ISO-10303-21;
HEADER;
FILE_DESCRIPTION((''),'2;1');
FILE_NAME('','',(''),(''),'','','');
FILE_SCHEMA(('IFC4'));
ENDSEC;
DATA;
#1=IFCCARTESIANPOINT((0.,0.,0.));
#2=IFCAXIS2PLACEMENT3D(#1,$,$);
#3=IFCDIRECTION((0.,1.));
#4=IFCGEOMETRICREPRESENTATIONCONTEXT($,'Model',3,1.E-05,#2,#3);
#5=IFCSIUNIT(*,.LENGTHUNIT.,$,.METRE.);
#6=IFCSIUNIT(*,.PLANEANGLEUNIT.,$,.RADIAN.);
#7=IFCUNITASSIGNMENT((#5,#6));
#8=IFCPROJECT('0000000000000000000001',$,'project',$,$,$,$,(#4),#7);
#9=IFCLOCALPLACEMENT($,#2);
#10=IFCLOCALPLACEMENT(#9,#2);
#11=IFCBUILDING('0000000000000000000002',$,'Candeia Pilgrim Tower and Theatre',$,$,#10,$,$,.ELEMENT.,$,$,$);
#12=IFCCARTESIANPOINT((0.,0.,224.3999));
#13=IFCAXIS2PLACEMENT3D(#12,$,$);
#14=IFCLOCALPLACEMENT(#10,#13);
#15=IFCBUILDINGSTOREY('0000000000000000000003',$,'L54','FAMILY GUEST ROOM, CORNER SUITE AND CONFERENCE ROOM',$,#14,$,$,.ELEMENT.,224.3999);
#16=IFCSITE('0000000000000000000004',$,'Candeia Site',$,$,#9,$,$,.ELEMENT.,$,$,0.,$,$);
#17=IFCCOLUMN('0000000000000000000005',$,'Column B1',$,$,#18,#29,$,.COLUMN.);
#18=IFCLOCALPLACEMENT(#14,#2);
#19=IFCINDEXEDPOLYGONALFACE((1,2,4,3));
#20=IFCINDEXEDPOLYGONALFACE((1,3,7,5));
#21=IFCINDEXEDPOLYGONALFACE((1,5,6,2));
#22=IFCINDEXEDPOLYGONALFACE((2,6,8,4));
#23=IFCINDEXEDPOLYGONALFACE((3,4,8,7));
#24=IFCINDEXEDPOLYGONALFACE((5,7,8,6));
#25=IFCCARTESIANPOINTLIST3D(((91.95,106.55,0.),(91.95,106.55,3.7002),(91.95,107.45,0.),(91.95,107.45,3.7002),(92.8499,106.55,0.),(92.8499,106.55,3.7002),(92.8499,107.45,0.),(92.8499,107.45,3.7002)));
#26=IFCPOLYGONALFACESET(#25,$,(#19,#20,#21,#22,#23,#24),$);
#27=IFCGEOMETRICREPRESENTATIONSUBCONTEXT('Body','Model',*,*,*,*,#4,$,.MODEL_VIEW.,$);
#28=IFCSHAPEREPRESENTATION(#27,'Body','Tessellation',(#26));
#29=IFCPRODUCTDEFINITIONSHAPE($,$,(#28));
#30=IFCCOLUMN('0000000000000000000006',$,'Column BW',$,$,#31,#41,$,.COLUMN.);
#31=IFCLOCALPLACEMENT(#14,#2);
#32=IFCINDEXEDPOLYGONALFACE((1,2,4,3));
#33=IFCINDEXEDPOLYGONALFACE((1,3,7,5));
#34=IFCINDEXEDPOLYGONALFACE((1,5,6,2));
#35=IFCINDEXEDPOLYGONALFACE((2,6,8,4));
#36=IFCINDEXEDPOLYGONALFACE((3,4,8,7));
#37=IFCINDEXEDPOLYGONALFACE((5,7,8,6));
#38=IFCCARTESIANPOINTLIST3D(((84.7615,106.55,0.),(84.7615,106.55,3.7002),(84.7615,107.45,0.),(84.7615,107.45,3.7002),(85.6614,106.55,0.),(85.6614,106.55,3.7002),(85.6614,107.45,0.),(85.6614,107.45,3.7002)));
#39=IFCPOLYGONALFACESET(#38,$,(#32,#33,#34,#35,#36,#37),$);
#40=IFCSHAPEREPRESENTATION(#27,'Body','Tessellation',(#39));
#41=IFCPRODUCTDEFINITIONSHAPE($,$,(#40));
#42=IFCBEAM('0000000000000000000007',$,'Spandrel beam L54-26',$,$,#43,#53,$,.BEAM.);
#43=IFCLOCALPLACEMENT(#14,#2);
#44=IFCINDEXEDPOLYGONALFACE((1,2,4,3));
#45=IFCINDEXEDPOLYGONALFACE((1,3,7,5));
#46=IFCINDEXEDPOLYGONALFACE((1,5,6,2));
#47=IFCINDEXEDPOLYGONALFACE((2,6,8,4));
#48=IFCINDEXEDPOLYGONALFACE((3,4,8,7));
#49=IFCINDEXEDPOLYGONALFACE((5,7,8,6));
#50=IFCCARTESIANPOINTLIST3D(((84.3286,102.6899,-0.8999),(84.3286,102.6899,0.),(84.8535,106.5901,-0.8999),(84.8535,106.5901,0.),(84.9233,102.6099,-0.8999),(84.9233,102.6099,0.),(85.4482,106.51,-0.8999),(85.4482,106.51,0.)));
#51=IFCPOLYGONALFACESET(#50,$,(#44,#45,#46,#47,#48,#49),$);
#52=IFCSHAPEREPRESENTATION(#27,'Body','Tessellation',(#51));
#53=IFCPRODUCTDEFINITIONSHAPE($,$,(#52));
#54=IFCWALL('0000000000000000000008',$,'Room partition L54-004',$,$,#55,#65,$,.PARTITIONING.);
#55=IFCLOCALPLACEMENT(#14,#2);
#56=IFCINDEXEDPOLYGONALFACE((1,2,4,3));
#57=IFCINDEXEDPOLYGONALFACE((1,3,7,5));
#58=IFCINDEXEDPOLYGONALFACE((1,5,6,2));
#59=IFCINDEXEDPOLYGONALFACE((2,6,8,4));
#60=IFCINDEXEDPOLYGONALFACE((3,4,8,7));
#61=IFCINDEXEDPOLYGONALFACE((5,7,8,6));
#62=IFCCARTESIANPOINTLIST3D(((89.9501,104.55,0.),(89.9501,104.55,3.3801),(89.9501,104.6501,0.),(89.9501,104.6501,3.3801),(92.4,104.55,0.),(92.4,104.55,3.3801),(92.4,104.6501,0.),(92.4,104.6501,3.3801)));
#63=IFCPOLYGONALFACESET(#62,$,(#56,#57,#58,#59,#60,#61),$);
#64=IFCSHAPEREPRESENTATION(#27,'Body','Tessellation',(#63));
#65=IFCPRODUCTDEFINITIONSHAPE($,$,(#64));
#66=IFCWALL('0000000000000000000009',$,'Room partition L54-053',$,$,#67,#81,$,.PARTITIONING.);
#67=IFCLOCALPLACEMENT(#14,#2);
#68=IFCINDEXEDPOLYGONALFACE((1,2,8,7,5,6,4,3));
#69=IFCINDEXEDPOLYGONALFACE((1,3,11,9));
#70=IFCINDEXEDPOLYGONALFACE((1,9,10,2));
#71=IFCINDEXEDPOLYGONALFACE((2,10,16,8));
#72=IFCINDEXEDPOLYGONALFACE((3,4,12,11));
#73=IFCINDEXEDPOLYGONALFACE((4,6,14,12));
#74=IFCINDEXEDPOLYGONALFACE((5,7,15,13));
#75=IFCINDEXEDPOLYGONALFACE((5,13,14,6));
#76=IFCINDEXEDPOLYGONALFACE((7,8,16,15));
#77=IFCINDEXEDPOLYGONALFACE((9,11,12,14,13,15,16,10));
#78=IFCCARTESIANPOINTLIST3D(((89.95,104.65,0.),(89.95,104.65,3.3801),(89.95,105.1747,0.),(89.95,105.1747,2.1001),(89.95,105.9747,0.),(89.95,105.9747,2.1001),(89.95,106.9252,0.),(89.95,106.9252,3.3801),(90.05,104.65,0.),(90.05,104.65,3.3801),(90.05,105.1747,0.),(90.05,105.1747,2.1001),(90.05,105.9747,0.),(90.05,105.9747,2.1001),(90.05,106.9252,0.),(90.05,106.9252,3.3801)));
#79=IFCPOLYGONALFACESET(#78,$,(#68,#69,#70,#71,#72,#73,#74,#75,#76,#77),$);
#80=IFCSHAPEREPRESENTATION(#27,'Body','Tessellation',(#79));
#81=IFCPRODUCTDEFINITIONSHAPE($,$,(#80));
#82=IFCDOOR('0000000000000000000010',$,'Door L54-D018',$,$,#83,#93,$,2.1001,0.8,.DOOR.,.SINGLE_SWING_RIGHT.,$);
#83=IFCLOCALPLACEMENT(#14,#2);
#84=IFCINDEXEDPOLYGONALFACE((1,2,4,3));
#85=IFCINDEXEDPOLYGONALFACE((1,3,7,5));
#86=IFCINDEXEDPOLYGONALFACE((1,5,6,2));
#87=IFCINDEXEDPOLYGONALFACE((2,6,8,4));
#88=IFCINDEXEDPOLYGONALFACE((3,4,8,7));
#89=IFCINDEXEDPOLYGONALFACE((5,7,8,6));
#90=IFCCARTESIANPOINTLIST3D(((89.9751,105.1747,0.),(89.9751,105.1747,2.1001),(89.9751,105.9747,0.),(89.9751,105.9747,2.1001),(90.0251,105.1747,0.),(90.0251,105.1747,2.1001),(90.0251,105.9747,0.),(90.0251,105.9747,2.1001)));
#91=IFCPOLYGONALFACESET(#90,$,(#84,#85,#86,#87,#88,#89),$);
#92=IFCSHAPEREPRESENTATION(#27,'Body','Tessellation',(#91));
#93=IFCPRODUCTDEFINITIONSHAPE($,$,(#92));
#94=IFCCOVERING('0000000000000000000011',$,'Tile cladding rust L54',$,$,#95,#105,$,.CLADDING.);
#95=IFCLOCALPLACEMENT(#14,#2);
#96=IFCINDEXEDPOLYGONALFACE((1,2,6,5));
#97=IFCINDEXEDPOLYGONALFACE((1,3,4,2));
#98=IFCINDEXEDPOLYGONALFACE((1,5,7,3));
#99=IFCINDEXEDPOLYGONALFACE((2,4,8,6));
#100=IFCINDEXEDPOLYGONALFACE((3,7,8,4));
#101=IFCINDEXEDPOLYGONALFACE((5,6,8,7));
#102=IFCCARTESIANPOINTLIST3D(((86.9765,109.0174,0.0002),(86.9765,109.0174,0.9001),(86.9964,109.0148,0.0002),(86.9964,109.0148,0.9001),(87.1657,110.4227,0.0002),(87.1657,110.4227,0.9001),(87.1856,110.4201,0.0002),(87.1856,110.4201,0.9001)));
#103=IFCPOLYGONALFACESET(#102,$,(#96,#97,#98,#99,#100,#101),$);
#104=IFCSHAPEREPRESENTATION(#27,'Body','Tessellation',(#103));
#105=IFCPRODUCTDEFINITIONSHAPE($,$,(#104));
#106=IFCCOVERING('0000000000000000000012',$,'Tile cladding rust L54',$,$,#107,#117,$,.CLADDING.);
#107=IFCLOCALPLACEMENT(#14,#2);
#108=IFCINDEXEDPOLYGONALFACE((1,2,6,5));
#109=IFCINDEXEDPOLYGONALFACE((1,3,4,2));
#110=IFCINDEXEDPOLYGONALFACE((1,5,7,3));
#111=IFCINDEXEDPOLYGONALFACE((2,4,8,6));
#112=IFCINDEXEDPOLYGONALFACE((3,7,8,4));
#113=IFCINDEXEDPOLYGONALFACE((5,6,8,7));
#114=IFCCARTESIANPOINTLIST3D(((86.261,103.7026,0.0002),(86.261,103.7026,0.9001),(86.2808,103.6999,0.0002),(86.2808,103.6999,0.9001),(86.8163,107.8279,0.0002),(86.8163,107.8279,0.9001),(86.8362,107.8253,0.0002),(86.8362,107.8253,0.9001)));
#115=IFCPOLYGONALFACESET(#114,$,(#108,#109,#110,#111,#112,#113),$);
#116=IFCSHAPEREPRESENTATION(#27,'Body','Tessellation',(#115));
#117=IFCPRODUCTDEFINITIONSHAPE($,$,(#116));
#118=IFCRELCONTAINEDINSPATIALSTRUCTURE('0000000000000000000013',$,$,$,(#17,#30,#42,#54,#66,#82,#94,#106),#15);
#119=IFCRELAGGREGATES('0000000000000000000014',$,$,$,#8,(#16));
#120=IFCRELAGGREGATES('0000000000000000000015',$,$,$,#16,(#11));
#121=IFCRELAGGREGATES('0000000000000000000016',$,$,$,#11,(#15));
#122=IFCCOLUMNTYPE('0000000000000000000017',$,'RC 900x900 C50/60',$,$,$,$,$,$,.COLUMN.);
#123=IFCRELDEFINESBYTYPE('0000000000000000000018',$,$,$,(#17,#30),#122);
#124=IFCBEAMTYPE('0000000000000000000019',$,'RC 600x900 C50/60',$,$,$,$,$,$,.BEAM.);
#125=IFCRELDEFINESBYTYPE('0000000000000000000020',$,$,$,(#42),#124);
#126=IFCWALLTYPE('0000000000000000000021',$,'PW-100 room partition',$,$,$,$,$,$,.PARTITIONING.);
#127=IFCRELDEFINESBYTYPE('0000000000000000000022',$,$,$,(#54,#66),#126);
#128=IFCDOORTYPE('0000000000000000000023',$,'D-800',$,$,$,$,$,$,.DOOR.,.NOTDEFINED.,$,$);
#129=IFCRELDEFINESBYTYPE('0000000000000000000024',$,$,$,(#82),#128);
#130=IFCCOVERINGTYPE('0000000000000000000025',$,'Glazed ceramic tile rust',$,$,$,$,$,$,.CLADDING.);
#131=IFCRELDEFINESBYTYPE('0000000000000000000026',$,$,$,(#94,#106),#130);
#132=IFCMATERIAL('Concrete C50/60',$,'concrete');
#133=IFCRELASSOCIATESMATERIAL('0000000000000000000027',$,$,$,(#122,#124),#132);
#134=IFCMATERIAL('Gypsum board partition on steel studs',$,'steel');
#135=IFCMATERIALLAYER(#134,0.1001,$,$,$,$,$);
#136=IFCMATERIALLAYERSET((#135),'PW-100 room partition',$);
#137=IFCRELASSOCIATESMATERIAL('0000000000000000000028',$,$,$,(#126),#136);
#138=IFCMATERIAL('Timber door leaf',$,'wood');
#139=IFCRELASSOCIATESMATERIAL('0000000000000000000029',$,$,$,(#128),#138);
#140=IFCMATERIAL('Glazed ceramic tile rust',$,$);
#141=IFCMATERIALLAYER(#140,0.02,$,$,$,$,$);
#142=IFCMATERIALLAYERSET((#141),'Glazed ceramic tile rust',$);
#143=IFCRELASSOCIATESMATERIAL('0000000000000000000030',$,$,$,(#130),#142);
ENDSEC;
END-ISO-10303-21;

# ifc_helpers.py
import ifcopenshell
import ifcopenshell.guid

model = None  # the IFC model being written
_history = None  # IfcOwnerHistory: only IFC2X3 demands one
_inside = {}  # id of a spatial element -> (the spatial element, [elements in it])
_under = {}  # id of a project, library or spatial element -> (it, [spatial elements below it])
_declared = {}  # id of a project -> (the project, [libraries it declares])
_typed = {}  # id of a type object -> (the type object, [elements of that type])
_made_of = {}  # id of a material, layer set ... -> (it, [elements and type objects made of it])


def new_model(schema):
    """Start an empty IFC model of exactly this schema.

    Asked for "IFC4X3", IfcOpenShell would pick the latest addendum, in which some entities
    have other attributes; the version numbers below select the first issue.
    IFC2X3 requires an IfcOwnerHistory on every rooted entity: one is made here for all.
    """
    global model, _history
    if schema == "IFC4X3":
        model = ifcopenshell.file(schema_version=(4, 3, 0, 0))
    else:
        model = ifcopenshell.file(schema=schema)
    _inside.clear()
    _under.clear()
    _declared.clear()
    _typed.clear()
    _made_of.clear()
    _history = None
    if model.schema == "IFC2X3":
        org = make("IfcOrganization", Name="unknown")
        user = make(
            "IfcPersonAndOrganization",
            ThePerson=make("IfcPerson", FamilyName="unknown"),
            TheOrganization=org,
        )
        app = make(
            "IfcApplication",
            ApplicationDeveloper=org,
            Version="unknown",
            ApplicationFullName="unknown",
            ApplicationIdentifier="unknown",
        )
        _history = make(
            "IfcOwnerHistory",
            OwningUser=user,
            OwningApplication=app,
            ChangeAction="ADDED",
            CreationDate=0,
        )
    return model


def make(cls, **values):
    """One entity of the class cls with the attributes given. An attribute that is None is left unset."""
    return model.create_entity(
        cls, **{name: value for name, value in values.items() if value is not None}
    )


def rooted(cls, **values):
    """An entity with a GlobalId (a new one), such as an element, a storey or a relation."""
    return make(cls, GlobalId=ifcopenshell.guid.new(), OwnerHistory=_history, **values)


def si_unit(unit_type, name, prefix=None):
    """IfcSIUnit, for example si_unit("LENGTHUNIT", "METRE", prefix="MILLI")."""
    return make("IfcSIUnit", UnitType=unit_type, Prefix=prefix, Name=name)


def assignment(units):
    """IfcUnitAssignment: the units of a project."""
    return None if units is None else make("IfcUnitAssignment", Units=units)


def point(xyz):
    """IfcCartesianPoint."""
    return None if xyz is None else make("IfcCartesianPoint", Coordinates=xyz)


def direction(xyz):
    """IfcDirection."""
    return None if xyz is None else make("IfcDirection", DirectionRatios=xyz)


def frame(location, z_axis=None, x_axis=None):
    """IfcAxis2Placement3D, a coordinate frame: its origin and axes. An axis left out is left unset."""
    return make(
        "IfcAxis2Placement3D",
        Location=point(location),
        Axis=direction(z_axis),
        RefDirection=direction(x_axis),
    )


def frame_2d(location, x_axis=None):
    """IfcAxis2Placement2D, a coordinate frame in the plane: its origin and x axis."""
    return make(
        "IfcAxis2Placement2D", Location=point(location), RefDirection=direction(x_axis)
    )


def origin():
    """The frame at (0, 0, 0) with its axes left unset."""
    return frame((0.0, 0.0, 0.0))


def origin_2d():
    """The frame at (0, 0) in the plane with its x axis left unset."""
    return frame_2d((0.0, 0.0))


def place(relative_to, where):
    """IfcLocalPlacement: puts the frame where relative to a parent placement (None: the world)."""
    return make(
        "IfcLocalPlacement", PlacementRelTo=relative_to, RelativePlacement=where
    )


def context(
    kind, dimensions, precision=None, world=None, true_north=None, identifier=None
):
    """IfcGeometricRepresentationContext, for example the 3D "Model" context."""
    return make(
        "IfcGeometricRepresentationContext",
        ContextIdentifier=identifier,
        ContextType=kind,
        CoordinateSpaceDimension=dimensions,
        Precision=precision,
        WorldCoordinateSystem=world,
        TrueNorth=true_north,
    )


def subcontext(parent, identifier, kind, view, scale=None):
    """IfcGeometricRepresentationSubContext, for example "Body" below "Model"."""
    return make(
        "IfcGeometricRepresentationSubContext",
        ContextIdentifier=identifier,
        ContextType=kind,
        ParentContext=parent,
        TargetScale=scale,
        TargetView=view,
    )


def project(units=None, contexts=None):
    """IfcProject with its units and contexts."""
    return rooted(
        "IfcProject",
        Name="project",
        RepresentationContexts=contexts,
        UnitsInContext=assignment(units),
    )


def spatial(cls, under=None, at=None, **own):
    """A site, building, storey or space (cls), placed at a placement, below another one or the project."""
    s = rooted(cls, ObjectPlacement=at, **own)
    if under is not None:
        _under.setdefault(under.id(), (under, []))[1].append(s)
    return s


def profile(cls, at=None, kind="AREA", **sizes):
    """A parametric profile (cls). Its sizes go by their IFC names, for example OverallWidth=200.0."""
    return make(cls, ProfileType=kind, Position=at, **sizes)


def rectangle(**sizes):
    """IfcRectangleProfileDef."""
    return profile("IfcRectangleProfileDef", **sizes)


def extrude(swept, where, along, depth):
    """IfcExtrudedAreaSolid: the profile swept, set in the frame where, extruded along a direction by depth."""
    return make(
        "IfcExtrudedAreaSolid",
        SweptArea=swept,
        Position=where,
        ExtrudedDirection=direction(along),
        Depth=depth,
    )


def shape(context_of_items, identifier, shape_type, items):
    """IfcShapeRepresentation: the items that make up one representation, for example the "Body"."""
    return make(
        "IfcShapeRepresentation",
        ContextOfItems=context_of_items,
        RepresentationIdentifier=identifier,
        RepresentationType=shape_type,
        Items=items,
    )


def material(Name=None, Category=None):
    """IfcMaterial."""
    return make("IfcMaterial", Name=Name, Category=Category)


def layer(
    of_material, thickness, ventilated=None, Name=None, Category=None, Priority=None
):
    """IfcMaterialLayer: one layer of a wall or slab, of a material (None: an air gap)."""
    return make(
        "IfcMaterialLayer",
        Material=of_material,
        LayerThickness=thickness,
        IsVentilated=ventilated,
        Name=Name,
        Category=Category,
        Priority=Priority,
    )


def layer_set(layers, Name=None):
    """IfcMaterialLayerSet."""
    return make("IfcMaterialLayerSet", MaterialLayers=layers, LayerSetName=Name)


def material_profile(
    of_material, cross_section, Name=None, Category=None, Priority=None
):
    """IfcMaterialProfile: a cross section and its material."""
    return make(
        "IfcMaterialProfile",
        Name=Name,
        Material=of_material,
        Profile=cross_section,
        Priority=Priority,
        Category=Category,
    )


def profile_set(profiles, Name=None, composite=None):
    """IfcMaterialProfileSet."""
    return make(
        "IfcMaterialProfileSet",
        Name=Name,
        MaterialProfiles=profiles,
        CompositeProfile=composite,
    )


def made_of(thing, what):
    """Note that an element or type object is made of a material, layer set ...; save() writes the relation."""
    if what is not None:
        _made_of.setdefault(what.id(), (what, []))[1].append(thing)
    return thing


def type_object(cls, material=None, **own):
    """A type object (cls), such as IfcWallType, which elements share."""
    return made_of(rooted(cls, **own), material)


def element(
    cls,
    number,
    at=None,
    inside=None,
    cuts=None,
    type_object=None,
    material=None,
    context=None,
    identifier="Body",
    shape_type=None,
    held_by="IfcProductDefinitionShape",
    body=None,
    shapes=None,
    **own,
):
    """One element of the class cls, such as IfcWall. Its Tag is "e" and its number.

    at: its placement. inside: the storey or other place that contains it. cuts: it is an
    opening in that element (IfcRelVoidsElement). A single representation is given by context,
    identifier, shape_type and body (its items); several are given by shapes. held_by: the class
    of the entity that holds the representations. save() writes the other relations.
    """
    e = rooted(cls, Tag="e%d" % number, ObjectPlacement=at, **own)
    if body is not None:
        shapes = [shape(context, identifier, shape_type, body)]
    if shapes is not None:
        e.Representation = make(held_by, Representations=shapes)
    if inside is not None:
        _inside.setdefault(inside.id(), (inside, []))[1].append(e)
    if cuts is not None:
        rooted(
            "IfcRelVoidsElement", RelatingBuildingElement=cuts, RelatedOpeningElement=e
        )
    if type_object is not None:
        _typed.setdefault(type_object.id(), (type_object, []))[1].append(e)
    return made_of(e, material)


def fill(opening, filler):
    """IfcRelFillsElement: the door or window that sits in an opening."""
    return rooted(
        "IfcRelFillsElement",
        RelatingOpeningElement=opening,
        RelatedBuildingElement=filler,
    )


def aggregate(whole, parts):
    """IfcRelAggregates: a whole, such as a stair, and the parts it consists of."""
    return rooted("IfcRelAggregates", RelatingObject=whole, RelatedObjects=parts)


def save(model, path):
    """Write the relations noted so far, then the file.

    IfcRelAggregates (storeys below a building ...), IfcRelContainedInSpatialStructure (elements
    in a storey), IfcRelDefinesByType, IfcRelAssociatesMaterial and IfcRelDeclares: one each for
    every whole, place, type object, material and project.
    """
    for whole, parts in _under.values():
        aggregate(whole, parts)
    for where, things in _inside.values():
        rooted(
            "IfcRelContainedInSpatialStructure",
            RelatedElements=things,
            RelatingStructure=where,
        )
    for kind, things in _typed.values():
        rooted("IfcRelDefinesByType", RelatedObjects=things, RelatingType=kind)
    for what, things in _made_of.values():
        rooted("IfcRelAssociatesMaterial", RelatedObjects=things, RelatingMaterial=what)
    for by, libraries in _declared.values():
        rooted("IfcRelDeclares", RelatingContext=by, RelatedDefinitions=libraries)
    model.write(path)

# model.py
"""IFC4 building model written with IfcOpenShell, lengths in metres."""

from ifc_helpers import new_model, si_unit, direction, frame, frame_2d, origin, origin_2d, place, context, subcontext, project, spatial, rectangle, extrude, material, layer, layer_set, material_profile, profile_set, type_object, element, fill, save


model = new_model("IFC4")

# Units and contexts
model_context = context("Model", 3, precision=1e-05, world=origin(), true_north=direction((0.0, 1.0)))
body_context = subcontext(model_context, "Body", "Model", "MODEL_VIEW")
ifc_project = project(units=[si_unit("LENGTHUNIT", "METRE"), si_unit("PLANEANGLEUNIT", "RADIAN")], contexts=[model_context])

# Site, building, storey
site_placement = place(None, origin())
site = spatial("IfcSite", under=ifc_project, at=site_placement, Name="Candeia Site", CompositionType="ELEMENT", RefElevation=0.0)
building_placement = place(site_placement, origin())
building = spatial("IfcBuilding", under=site, at=building_placement, Name="Candeia Pilgrim Tower and Theatre", CompositionType="ELEMENT")
storey_placement = place(building_placement, frame((0.0, 0.0, 224.3999)))
storey = spatial("IfcBuildingStorey", under=building, at=storey_placement, Name="L54", Description="FAMILY GUEST ROOM, CORNER SUITE AND CONFERENCE ROOM", CompositionType="ELEMENT", Elevation=224.3999)

# Columns
ifc_material_1 = material(Name="Concrete C50/60", Category="concrete")
ifc_material_profile_1 = material_profile(ifc_material_1, rectangle(XDim=0.8999, YDim=0.8999, at=origin_2d()))
ifc_profile_set_1 = profile_set([ifc_material_profile_1], Name="Concrete C50/60")
column_type = type_object("IfcColumnType", Name="RC 900x900 C50/60", PredefinedType="COLUMN", material=ifc_profile_set_1)
for number, where, z_axis, x_axis, name in (
    (1, (92.3999, 107.0, 0.0), (0.0, 0.0, 1.0), (1.0, 0.0, 0.0), "Column B1"),
    (2, (85.2114, 107.0, 0.0), (0.0, 0.0, 1.0), (1.0, 0.0, 0.0), "Column BW"),
):
    element("IfcColumn", number, at=place(storey_placement, frame(where, z_axis=z_axis, x_axis=x_axis)), inside=storey, type_object=column_type, Name=name, PredefinedType="COLUMN", context=body_context, shape_type="SweptSolid", body=[
        extrude(rectangle(XDim=0.8999, YDim=0.8999, at=origin_2d()), origin(), (0.0, 0.0, 1.0), 3.7002),
    ])

# Beam
ifc_material_profile_2 = material_profile(ifc_material_1, rectangle(XDim=0.6001, YDim=0.8999, at=origin_2d()))
ifc_profile_set_2 = profile_set([ifc_material_profile_2], Name="Concrete C50/60")
beam_type = type_object("IfcBeamType", Name="RC 600x900 C50/60", PredefinedType="BEAM", material=ifc_profile_set_2)
beam_placement = place(storey_placement, frame((85.1509, 106.55, -0.45), z_axis=(-0.133383, -0.991065, 0.0), x_axis=(0.991065, -0.133383, 0.0)))
element("IfcBeam", 3, at=beam_placement, inside=storey, type_object=beam_type, Name="Spandrel beam L54-26", PredefinedType="BEAM", context=body_context, shape_type="SweptSolid", body=[
    extrude(rectangle(XDim=0.6001, YDim=0.8999, at=origin_2d()), origin(), (0.0, 0.0, 1.0), 3.9353),
])

# Wall
ifc_material_2 = material(Name="Gypsum board partition on steel studs", Category="steel")
ifc_layer_1 = layer(ifc_material_2, 0.1001)
ifc_layer_set_1 = layer_set([ifc_layer_1], Name="PW-100 room partition")
wall_type_1 = type_object("IfcWallType", Name="PW-100 room partition", PredefinedType="PARTITIONING", material=ifc_layer_set_1)
wall_1_placement = place(storey_placement, frame((89.95, 104.6001, 0.0), z_axis=(0.0, 0.0, 1.0), x_axis=(1.0, 0.0, 0.0)))
element("IfcWall", 4, at=wall_1_placement, inside=storey, type_object=wall_type_1, Name="Room partition L54-004", PredefinedType="PARTITIONING", context=body_context, shape_type="SweptSolid", body=[
    extrude(rectangle(XDim=2.45, YDim=0.1001, at=frame_2d((1.2251, 0.0))), origin(), (0.0, 0.0, 1.0), 3.3801),
])

# Wall, opening, door
wall_2_placement = place(storey_placement, frame((90.0, 104.6499, 0.0), z_axis=(0.0, 0.0, 1.0), x_axis=(0.0, 1.0, 0.0)))
wall_2 = element("IfcWall", 5, at=wall_2_placement, inside=storey, type_object=wall_type_1, Name="Room partition L54-053", PredefinedType="PARTITIONING", context=body_context, shape_type="SweptSolid", body=[
    extrude(rectangle(XDim=2.2751, YDim=0.1001, at=frame_2d((1.1377, 0.0))), origin(), (0.0, 0.0, 1.0), 3.3801),
])
opening_1_placement = place(wall_2_placement, frame((0.5249, 0.0, 0.0)))
opening_1 = element("IfcOpeningElement", 6, at=opening_1_placement, cuts=wall_2, PredefinedType="OPENING", context=body_context, shape_type="SweptSolid", body=[
    extrude(rectangle(XDim=0.8, YDim=2.1001, at=frame_2d((0.3999, 1.05))), frame((0.0, 0.0601, 0.0), z_axis=(0.0, -1.0, 0.0), x_axis=(1.0, 0.0, 0.0)), (0.0, 0.0, 1.0), 0.1201),
])
ifc_material_3 = material(Name="Timber door leaf", Category="wood")
door_type_1 = type_object("IfcDoorType", Name="D-800", OperationType="NOTDEFINED", PredefinedType="DOOR", material=ifc_material_3)
door_1_placement = place(opening_1_placement, origin())
door_1 = element("IfcDoor", 7, at=door_1_placement, inside=storey, type_object=door_type_1, Name="Door L54-D018", OperationType="SINGLE_SWING_RIGHT", OverallHeight=2.1001, OverallWidth=0.8, PredefinedType="DOOR", context=body_context, shape_type="SweptSolid", body=[
    extrude(rectangle(XDim=0.8, YDim=2.1001, at=frame_2d((0.3999, 1.05))), frame((0.0, 0.0249, 0.0), z_axis=(0.0, -1.0, 0.0), x_axis=(1.0, 0.0, 0.0)), (0.0, 0.0, 1.0), 0.05),
])
fill(opening_1, door_1)

# Coverings
ifc_material_4 = material(Name="Glazed ceramic tile rust")
ifc_layer_2 = layer(ifc_material_4, 0.02)
ifc_layer_set_2 = layer_set([ifc_layer_2], Name="Glazed ceramic tile rust")
covering_type = type_object("IfcCoveringType", Name="Glazed ceramic tile rust", PredefinedType="CLADDING", material=ifc_layer_set_2)
covering_1_placement = place(storey_placement, frame((87.0811, 109.7188, 0.0002), z_axis=(0.0, 0.0, 1.0), x_axis=(-0.133412, -0.991061, 0.0)))
element("IfcCovering", 8, at=covering_1_placement, inside=storey, type_object=covering_type, Name="Tile cladding rust L54", PredefinedType="CLADDING", context=body_context, shape_type="SweptSolid", body=[
    extrude(rectangle(XDim=1.418, YDim=0.02, at=origin_2d()), origin(), (0.0, 0.0, 1.0), 0.8999),
])
covering_2_placement = place(storey_placement, frame((86.5486, 105.7639, 0.0002), z_axis=(0.0, 0.0, 1.0), x_axis=(-0.133412, -0.991061, 0.0)))
element("IfcCovering", 9, at=covering_2_placement, inside=storey, type_object=covering_type, Name="Tile cladding rust L54", PredefinedType="CLADDING", context=body_context, shape_type="SweptSolid", body=[
    extrude(rectangle(XDim=4.1626, YDim=0.02, at=origin_2d()), origin(), (0.0, 0.0, 1.0), 0.8999),
])

save(model, "model.ifc")
